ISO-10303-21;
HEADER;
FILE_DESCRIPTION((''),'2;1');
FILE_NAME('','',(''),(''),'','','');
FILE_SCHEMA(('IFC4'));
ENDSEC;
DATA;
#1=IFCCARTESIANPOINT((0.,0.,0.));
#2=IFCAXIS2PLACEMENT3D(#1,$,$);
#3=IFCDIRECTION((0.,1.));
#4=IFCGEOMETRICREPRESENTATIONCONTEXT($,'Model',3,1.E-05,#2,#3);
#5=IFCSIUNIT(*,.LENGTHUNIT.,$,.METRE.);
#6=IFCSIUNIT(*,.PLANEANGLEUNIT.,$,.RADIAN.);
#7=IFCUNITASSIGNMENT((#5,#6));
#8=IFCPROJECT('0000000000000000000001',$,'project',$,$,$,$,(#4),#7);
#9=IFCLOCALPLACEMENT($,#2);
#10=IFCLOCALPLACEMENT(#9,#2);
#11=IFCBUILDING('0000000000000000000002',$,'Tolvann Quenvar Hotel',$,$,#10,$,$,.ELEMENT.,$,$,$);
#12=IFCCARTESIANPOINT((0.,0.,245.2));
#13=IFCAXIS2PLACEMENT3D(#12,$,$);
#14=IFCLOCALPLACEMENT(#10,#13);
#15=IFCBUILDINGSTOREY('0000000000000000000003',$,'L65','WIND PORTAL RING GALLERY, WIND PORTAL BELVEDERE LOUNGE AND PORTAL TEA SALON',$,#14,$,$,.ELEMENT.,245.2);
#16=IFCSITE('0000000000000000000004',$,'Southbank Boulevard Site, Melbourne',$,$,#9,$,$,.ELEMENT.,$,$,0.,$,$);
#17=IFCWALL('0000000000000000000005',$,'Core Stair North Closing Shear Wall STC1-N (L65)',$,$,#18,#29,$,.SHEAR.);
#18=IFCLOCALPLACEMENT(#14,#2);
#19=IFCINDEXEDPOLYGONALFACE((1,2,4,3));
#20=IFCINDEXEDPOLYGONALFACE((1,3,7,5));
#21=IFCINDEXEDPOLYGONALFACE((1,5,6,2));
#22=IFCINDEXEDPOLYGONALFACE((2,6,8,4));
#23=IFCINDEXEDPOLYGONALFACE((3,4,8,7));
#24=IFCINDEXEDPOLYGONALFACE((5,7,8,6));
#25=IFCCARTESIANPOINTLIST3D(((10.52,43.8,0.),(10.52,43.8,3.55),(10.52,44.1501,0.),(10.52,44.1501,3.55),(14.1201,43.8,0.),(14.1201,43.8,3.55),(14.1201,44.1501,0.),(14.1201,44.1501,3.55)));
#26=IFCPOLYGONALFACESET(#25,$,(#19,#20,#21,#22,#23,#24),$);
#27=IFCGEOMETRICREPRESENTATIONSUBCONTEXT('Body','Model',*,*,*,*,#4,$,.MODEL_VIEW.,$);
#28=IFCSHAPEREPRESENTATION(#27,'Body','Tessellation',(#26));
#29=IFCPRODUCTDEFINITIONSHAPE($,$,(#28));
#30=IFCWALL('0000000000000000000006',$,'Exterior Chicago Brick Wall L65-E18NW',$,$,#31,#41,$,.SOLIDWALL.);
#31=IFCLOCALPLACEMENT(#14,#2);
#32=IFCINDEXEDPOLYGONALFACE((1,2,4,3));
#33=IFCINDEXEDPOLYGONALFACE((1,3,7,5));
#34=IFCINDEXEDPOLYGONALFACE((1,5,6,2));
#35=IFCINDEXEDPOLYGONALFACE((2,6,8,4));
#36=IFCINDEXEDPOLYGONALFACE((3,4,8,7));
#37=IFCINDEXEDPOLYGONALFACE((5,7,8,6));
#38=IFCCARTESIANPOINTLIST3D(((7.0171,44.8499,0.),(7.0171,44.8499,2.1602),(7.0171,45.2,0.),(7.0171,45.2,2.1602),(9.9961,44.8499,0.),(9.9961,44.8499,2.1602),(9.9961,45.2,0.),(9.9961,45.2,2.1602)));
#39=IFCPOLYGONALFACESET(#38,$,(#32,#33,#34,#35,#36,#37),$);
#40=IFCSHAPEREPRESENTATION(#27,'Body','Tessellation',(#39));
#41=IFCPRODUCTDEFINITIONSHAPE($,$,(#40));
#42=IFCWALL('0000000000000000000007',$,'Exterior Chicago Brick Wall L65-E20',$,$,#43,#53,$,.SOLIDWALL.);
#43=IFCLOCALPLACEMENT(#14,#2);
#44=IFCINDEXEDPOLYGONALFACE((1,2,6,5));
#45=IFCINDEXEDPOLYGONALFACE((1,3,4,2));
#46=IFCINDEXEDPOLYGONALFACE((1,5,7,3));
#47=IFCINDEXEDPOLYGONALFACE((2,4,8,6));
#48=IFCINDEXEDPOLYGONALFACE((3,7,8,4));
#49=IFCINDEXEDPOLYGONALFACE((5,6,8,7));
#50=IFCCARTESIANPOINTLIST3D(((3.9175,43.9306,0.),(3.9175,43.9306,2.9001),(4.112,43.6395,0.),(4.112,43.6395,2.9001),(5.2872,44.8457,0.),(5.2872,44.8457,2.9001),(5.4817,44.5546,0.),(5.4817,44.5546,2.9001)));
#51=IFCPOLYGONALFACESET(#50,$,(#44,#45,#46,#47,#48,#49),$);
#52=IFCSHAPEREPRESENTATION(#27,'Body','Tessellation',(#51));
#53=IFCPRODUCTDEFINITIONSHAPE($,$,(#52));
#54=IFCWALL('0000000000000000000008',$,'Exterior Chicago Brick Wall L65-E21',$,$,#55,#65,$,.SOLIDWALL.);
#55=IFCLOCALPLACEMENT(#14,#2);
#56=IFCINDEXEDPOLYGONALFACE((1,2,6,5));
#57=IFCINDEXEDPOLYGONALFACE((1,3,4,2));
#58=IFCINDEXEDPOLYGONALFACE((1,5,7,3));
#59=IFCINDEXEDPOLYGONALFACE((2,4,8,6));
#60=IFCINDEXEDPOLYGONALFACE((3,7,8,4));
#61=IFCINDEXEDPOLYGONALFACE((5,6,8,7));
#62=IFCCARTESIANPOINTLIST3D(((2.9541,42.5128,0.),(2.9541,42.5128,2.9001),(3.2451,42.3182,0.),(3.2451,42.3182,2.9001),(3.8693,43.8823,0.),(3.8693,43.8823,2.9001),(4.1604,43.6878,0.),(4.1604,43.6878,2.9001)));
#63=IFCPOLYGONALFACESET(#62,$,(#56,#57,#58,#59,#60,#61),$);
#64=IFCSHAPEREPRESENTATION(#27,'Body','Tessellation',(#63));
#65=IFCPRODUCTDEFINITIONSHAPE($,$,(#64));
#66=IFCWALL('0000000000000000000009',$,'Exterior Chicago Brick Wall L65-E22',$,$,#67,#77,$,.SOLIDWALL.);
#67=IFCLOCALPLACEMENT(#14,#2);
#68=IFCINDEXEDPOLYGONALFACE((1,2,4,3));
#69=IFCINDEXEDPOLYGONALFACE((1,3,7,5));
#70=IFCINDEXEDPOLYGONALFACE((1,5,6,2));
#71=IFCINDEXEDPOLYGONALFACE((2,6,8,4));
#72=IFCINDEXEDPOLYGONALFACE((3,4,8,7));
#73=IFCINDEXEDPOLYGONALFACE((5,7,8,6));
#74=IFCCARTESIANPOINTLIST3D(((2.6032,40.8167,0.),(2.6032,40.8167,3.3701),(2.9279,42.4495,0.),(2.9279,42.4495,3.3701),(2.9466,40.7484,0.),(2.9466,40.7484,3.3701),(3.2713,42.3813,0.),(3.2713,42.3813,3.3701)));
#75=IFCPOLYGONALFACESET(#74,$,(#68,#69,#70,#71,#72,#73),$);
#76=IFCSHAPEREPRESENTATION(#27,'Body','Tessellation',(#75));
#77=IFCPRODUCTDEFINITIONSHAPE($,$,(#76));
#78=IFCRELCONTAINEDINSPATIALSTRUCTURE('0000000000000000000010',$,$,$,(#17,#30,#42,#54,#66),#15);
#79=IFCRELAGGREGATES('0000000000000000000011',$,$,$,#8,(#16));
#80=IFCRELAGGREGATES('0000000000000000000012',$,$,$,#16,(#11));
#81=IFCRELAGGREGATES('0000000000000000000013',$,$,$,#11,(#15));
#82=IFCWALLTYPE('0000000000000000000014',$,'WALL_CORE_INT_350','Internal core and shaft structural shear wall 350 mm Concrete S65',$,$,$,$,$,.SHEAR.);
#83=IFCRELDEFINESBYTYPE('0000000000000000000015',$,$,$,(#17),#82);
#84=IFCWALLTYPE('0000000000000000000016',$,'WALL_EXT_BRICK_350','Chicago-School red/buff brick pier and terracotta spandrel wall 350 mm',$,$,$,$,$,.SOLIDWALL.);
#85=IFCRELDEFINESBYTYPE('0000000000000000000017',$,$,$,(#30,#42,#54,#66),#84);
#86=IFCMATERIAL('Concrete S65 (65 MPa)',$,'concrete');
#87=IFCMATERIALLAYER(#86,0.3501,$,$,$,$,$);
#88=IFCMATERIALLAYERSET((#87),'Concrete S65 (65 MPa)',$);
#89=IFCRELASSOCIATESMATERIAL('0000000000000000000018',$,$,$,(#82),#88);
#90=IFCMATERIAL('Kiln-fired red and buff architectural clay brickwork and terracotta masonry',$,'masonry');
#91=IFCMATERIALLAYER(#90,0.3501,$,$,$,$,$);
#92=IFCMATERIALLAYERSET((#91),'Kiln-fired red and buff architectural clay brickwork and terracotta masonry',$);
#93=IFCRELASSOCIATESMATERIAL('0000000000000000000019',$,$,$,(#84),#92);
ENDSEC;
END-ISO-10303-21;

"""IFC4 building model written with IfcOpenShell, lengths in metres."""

from ifc_helpers import new_model, si_unit, direction, frame, frame_2d, origin, place, context, subcontext, project, spatial, rectangle, extrude, material, layer, layer_set, type_object, element, save


model = new_model("IFC4")

# Units and contexts
model_context = context("Model", 3, precision=1e-05, world=origin(), true_north=direction((0.0, 1.0)))
body_context = subcontext(model_context, "Body", "Model", "MODEL_VIEW")
ifc_project = project(units=[si_unit("LENGTHUNIT", "METRE"), si_unit("PLANEANGLEUNIT", "RADIAN")], contexts=[model_context])

# Site, building, storey
site_placement = place(None, origin())
site = spatial("IfcSite", under=ifc_project, at=site_placement, Name="Southbank Boulevard Site, Melbourne", CompositionType="ELEMENT", RefElevation=0.0)
building_placement = place(site_placement, origin())
building = spatial("IfcBuilding", under=site, at=building_placement, Name="Tolvann Quenvar Hotel", CompositionType="ELEMENT")
storey_placement = place(building_placement, frame((0.0, 0.0, 245.2)))
storey = spatial("IfcBuildingStorey", under=building, at=storey_placement, Name="L65", Description="WIND PORTAL RING GALLERY, WIND PORTAL BELVEDERE LOUNGE AND PORTAL TEA SALON", CompositionType="ELEMENT", Elevation=245.2)

# Walls
ifc_material_1 = material(Name="Concrete S65 (65 MPa)", Category="concrete")
ifc_layer_1 = layer(ifc_material_1, 0.3501)
ifc_layer_set_1 = layer_set([ifc_layer_1], Name="Concrete S65 (65 MPa)")
wall_type_1 = type_object("IfcWallType", Name="WALL_CORE_INT_350", Description="Internal core and shaft structural shear wall 350 mm Concrete S65", PredefinedType="SHEAR", material=ifc_layer_set_1)
wall_1_placement = place(storey_placement, frame((10.52, 43.9751, 0.0), z_axis=(0.0, 0.0, 1.0), x_axis=(1.0, 0.0, 0.0)))
element("IfcWall", 1, at=wall_1_placement, inside=storey, type_object=wall_type_1, Name="Core Stair North Closing Shear Wall STC1-N (L65)", PredefinedType="SHEAR", context=body_context, shape_type="SweptSolid", body=[
    extrude(rectangle(XDim=3.6001, YDim=0.3501, at=frame_2d((1.8, 0.0))), origin(), (0.0, 0.0, 1.0), 3.55),
])
ifc_material_2 = material(Name="Kiln-fired red and buff architectural clay brickwork and terracotta masonry", Category="masonry")
ifc_layer_2 = layer(ifc_material_2, 0.3501)
ifc_layer_set_2 = layer_set([ifc_layer_2], Name="Kiln-fired red and buff architectural clay brickwork and terracotta masonry")
wall_type_2 = type_object("IfcWallType", Name="WALL_EXT_BRICK_350", Description="Chicago-School red/buff brick pier and terracotta spandrel wall 350 mm", PredefinedType="SOLIDWALL", material=ifc_layer_set_2)
wall_2_placement = place(storey_placement, frame((9.9961, 45.0249, 0.0), z_axis=(0.0, 0.0, 1.0), x_axis=(-1.0, 0.0, 0.0)))
element("IfcWall", 2, at=wall_2_placement, inside=storey, type_object=wall_type_2, Name="Exterior Chicago Brick Wall L65-E18NW", PredefinedType="SOLIDWALL", context=body_context, shape_type="SweptSolid", body=[
    extrude(rectangle(XDim=2.979, YDim=0.3501, at=frame_2d((1.4895, 0.0))), origin(), (0.0, 0.0, 1.0), 2.1602),
])
for number, where, z_axis, x_axis, name in (
    (3, (5.3845, 44.7002, 0.0), (0.0, 0.0, 1.0), (-0.831503, -0.555521, 0.0), "Exterior Chicago Brick Wall L65-E20"),
    (4, (4.0149, 43.7852, 0.0), (0.0, 0.0, 1.0), (-0.555623, -0.831434, 0.0), "Exterior Chicago Brick Wall L65-E21"),
):
    element("IfcWall", number, at=place(storey_placement, frame(where, z_axis=z_axis, x_axis=x_axis)), inside=storey, type_object=wall_type_2, Name=name, PredefinedType="SOLIDWALL", context=body_context, shape_type="SweptSolid", body=[
        extrude(rectangle(XDim=1.6472, YDim=0.3501, at=frame_2d((0.8237, 0.0))), origin(), (0.0, 0.0, 1.0), 2.9001),
    ])
wall_3_placement = place(storey_placement, frame((3.0996, 42.4155, 0.0), z_axis=(0.0, 0.0, 1.0), x_axis=(-0.195044, -0.980794, 0.0)))
element("IfcWall", 5, at=wall_3_placement, inside=storey, type_object=wall_type_2, Name="Exterior Chicago Brick Wall L65-E22", PredefinedType="SOLIDWALL", context=body_context, shape_type="SweptSolid", body=[
    extrude(rectangle(XDim=1.6648, YDim=0.3501, at=frame_2d((0.8325, 0.0))), origin(), (0.0, 0.0, 1.0), 3.3701),
])

save(model, "model.ifc")
